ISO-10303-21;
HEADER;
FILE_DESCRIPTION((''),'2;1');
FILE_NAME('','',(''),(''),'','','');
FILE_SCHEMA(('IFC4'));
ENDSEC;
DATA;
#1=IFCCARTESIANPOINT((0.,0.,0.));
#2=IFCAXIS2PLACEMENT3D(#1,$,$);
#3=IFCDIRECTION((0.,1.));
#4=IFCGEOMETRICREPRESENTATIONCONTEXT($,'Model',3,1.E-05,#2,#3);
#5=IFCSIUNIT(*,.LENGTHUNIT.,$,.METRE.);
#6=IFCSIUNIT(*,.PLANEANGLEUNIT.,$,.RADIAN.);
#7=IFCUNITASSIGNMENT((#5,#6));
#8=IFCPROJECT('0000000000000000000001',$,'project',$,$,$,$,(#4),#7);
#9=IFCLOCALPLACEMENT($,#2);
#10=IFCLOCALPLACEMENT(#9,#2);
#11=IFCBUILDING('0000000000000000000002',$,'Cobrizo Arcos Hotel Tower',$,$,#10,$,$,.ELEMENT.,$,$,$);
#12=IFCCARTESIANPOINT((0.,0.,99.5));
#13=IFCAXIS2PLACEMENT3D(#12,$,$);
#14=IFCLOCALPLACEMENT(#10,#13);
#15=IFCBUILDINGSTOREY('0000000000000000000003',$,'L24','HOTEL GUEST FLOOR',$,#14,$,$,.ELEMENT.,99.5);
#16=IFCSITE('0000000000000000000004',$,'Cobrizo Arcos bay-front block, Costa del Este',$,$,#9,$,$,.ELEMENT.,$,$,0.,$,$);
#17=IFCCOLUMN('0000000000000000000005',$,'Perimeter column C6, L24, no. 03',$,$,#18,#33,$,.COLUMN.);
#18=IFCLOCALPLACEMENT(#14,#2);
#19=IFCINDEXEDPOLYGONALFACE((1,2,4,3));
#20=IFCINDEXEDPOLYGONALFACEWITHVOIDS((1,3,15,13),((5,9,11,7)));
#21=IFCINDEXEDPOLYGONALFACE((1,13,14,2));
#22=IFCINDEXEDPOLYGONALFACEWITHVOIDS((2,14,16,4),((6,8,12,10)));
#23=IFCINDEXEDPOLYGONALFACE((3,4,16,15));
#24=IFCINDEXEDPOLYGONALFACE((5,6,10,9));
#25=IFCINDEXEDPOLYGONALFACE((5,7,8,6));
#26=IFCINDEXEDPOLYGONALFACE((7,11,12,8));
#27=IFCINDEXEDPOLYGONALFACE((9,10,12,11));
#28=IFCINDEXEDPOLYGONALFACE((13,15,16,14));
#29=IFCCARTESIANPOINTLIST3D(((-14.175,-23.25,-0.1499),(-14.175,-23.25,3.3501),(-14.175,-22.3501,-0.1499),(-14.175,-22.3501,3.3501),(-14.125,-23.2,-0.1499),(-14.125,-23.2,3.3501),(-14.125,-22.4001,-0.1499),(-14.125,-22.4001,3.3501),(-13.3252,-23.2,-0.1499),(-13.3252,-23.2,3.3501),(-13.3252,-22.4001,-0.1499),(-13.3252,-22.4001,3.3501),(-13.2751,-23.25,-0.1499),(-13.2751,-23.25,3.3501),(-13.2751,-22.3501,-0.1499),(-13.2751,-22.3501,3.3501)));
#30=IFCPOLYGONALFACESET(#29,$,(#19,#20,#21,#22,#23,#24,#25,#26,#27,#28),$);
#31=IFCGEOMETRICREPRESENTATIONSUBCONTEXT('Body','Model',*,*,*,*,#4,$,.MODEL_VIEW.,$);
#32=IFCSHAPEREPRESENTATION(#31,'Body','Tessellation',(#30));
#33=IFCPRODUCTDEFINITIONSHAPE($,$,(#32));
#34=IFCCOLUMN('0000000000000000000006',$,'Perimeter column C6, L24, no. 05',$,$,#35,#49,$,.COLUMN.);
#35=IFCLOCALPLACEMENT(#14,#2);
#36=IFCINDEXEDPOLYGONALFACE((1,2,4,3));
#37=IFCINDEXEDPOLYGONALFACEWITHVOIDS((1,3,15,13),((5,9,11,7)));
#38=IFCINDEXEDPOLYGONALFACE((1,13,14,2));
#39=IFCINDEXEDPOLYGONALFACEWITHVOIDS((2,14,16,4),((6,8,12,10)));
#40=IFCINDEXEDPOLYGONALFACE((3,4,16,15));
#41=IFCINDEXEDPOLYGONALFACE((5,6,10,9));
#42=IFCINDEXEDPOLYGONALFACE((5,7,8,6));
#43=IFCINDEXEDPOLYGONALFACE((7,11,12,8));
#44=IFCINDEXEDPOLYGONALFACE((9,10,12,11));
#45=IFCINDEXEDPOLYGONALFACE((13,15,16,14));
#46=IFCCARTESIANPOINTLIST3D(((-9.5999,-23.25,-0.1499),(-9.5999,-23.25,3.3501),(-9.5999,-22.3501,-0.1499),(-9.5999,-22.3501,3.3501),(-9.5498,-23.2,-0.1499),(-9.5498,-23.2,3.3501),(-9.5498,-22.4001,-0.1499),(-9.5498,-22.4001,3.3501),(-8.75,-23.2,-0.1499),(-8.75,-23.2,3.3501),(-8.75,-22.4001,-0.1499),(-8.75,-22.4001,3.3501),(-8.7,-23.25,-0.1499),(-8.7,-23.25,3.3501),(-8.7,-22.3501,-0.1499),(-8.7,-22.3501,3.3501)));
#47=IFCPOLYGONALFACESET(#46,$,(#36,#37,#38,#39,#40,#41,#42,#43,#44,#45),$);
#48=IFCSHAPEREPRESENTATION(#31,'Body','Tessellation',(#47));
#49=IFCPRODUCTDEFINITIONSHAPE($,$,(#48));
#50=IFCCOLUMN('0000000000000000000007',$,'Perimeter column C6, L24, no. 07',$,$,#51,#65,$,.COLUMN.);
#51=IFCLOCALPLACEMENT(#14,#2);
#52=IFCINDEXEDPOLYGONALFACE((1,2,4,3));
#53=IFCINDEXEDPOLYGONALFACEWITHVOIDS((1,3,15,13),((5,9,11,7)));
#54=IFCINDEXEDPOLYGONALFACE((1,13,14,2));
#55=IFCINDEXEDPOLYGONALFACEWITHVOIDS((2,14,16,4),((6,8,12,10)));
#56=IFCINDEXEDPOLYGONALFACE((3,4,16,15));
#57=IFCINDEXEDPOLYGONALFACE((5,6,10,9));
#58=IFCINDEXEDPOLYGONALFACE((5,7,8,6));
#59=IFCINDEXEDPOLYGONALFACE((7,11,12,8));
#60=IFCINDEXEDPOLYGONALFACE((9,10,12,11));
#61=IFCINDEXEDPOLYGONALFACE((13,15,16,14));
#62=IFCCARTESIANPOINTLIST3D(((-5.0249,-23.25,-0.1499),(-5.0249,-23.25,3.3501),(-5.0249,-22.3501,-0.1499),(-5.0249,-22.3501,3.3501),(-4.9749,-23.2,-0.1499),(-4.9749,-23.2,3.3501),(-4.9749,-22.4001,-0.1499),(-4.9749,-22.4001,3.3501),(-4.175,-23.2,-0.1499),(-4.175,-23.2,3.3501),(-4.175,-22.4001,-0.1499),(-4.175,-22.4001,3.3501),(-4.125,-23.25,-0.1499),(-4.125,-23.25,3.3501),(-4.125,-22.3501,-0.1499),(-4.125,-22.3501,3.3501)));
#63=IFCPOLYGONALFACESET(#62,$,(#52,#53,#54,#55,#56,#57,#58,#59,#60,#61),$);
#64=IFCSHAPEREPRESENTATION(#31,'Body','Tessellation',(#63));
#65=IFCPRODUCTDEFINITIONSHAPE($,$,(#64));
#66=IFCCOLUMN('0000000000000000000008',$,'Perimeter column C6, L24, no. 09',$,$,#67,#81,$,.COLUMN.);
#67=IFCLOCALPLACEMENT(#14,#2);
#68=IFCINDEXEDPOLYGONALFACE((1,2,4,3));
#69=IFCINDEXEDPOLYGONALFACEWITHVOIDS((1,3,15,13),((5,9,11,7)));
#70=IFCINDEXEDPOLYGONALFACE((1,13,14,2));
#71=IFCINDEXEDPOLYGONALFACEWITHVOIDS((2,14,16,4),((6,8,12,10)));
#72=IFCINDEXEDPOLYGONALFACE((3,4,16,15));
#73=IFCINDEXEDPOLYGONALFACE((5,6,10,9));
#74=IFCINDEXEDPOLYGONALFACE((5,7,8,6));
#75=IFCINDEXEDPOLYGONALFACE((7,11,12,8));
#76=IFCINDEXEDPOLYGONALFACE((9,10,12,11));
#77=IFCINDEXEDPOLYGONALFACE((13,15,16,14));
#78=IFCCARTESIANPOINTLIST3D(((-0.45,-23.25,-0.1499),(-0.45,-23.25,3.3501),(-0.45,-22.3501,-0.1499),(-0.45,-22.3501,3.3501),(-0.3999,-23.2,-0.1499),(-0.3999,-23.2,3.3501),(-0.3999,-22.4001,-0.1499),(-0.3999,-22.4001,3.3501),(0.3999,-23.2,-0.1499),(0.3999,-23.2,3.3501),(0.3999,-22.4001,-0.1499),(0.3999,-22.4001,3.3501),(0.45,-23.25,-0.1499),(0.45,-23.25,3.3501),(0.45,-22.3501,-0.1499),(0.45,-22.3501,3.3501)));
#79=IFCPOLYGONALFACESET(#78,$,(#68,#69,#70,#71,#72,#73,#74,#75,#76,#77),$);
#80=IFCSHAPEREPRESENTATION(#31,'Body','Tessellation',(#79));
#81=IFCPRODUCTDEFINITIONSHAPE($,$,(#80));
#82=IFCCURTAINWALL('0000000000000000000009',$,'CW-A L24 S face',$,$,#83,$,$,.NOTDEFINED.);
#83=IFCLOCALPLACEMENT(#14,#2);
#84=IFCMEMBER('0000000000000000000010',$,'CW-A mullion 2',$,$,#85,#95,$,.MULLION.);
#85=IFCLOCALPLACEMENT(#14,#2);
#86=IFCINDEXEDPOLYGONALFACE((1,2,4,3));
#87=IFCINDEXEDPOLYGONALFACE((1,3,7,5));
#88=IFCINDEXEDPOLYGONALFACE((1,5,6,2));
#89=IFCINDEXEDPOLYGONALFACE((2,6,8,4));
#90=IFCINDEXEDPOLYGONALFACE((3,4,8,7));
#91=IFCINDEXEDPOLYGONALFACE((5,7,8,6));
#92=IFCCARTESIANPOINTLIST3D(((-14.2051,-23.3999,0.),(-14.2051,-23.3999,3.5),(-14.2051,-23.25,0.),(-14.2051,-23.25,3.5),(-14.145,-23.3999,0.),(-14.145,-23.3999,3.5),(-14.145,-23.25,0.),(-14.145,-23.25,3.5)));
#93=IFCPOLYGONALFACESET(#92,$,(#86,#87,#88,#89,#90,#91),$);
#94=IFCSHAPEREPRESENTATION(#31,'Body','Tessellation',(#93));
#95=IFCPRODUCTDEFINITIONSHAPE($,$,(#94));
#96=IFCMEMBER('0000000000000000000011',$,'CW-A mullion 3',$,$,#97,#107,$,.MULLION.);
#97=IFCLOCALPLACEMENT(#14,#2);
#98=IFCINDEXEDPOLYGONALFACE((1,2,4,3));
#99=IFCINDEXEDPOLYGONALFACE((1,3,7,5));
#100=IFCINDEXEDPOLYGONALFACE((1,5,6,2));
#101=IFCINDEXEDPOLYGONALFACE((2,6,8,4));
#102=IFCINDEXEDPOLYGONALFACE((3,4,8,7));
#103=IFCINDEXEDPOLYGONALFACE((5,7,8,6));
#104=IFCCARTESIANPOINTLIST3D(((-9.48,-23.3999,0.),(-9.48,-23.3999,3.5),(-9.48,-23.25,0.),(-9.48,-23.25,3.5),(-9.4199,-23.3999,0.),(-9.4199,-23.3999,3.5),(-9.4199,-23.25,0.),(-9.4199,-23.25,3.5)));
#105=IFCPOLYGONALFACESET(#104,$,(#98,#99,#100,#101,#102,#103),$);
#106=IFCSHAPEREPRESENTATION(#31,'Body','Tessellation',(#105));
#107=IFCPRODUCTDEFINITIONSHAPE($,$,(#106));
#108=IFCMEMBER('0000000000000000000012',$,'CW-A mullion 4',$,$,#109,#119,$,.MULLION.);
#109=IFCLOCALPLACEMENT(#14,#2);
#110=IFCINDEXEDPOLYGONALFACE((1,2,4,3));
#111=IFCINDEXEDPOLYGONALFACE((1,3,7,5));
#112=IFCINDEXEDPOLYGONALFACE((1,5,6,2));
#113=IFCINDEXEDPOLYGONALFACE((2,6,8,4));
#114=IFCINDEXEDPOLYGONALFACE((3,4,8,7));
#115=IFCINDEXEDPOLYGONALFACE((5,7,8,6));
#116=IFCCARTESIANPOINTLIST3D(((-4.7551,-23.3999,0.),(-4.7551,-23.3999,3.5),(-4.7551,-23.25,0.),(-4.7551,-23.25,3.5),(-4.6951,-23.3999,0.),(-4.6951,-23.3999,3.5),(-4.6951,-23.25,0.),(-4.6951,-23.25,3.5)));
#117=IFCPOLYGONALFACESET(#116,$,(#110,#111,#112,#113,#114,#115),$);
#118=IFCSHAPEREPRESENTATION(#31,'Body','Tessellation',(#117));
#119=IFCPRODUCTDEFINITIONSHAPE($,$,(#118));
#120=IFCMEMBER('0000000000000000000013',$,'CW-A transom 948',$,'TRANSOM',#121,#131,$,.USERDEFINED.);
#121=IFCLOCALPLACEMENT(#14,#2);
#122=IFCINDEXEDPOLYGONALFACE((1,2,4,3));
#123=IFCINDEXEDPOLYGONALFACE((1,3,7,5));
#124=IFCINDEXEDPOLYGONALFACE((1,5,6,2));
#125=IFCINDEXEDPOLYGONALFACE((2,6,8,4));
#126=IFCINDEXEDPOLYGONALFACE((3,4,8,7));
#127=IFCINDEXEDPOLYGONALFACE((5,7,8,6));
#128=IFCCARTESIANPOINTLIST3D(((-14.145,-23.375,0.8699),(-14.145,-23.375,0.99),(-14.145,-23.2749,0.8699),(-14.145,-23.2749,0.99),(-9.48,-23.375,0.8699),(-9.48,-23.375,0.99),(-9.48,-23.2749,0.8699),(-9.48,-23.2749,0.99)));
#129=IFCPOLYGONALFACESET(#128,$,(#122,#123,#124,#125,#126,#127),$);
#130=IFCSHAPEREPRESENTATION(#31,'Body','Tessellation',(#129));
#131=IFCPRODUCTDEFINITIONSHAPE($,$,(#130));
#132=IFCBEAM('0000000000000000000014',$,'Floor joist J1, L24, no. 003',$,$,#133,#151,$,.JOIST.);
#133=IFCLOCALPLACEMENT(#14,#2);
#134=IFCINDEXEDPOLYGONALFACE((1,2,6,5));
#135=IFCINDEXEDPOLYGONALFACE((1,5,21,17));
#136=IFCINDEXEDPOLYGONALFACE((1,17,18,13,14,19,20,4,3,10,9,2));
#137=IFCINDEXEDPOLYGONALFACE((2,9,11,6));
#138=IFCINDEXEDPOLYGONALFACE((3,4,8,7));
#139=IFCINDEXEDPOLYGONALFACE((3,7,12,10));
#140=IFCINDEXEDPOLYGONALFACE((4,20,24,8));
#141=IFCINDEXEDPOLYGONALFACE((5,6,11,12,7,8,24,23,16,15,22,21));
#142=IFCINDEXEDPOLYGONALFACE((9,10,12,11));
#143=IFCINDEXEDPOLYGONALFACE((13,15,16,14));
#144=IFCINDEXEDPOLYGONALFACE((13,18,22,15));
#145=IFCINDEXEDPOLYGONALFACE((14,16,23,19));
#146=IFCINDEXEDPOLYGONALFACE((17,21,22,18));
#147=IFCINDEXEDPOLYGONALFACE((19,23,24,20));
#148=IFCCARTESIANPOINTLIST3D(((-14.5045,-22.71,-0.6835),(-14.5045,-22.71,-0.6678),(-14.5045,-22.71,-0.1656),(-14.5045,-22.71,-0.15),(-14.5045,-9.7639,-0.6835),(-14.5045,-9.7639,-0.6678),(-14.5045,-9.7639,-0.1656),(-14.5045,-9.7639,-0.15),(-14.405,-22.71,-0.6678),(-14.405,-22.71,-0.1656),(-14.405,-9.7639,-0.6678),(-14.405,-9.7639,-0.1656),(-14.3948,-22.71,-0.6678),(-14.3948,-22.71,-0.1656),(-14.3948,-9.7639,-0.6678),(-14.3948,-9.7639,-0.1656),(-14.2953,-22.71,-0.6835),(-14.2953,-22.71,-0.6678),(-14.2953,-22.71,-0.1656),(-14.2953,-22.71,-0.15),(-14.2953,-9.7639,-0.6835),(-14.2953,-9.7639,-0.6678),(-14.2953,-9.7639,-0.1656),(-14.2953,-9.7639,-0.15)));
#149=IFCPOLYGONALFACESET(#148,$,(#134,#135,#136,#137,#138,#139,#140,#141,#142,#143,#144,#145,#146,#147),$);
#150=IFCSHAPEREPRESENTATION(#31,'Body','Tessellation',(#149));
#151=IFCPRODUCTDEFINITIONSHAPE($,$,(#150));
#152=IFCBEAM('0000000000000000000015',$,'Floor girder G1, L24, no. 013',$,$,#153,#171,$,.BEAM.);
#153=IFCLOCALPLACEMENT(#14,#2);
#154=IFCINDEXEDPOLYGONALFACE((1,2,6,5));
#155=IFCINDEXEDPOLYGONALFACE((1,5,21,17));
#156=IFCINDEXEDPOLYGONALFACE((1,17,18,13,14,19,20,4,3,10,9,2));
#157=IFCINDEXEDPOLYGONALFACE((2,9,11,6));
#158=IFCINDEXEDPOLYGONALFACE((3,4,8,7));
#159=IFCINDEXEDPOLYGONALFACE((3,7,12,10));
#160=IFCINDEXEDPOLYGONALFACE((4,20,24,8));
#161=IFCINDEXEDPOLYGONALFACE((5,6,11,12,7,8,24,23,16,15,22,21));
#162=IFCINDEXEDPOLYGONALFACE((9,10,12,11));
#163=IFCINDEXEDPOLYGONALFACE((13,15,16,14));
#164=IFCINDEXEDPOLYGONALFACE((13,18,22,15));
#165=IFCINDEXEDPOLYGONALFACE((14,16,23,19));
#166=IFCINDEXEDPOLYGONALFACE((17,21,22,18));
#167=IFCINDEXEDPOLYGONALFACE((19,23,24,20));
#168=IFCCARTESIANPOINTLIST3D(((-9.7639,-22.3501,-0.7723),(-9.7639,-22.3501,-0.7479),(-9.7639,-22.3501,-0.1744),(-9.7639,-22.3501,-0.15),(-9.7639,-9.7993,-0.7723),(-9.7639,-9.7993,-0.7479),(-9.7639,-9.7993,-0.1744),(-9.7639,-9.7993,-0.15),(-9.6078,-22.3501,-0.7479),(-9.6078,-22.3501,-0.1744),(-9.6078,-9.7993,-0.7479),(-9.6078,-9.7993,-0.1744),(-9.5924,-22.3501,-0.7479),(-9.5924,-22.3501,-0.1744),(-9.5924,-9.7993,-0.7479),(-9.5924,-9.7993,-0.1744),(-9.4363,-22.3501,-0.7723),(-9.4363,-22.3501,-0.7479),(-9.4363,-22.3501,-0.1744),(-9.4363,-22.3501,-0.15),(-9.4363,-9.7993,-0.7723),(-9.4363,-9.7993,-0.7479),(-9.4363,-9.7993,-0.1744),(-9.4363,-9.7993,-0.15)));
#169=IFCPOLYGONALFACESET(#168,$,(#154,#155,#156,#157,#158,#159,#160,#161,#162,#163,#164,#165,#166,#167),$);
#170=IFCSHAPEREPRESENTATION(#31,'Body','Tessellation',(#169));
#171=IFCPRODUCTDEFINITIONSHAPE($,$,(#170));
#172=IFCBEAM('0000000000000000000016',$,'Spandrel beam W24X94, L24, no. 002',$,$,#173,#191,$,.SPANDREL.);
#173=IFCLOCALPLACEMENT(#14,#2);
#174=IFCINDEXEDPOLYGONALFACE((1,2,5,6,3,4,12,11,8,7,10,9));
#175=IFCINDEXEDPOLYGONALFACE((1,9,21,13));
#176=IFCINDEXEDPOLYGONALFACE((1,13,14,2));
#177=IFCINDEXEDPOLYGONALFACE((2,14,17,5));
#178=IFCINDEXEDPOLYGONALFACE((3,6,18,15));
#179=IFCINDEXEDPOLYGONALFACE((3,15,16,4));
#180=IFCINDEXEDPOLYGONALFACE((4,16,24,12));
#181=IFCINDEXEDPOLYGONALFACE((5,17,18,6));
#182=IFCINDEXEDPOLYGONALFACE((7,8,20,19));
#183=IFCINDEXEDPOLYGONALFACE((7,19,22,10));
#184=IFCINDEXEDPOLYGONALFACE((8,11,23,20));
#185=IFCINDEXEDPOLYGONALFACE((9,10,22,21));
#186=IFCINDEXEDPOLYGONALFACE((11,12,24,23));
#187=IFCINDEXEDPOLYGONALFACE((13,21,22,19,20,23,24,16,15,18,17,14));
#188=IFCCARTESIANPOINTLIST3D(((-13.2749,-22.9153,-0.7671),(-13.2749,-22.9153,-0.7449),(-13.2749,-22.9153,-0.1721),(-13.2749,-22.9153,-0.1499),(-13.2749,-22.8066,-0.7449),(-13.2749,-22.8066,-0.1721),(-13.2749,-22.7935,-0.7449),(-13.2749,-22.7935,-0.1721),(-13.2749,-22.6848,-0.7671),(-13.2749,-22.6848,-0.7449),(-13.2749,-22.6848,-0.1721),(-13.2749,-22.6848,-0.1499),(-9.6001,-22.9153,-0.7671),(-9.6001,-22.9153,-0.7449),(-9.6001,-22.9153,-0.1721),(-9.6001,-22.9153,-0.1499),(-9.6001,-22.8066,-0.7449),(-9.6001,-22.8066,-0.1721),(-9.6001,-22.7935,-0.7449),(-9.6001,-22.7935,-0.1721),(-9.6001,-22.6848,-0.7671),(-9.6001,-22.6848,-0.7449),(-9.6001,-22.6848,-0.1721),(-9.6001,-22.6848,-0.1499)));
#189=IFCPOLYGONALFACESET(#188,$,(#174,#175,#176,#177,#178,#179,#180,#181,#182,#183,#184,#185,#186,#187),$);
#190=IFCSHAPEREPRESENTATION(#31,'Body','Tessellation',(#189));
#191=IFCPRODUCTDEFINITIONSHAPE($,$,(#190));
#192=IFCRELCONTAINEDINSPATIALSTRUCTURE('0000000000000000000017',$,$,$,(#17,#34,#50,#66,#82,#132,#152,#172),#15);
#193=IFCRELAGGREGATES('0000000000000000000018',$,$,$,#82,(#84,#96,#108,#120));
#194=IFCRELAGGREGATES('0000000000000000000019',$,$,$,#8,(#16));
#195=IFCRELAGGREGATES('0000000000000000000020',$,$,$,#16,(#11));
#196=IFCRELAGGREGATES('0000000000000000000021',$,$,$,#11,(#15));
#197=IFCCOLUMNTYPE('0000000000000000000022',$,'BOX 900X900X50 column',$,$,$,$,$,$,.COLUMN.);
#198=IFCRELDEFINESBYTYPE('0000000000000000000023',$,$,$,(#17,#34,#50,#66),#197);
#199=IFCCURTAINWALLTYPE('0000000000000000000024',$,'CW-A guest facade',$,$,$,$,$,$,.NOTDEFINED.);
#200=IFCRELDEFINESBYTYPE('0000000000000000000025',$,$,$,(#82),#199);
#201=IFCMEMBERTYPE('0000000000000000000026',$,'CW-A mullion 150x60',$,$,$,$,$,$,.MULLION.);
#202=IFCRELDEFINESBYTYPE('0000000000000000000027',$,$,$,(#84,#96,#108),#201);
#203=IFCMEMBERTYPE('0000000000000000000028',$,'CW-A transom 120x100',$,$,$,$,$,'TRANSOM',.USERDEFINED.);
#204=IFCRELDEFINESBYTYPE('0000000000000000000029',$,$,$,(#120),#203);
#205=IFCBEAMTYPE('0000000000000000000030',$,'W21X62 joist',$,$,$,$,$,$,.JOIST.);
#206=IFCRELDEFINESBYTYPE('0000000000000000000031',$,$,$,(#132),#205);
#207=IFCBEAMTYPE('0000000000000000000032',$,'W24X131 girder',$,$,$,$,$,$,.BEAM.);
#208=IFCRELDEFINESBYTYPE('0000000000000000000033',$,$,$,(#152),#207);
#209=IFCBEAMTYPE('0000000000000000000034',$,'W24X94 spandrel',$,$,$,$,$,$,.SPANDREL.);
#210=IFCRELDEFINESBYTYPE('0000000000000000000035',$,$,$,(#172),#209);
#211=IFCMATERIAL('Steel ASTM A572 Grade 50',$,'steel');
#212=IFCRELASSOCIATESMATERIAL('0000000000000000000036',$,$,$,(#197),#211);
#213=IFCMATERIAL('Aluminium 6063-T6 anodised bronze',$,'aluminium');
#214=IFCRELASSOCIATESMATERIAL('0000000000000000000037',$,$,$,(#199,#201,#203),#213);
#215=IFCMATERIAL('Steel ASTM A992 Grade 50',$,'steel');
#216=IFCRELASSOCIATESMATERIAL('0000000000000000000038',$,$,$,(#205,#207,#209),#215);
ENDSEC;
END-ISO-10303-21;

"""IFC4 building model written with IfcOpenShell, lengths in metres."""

from ifc_helpers import new_model, si_unit, direction, frame, origin, origin_2d, place, context, subcontext, project, spatial, rectangle, hollow_rectangle, i_section, extrude, material, material_profile, profile_set, type_object, element, aggregate, save


model = new_model("IFC4")

# Units and contexts
model_context = context("Model", 3, precision=1e-05, world=origin(), true_north=direction((0.0, 1.0)))
body_context = subcontext(model_context, "Body", "Model", "MODEL_VIEW")
ifc_project = project(units=[si_unit("LENGTHUNIT", "METRE"), si_unit("PLANEANGLEUNIT", "RADIAN")], contexts=[model_context])

# Site, building, storey
site_placement = place(None, origin())
site = spatial("IfcSite", under=ifc_project, at=site_placement, Name="Cobrizo Arcos bay-front block, Costa del Este", CompositionType="ELEMENT", RefElevation=0.0)
building_placement = place(site_placement, origin())
building = spatial("IfcBuilding", under=site, at=building_placement, Name="Cobrizo Arcos Hotel Tower", CompositionType="ELEMENT")
storey_placement = place(building_placement, frame((0.0, 0.0, 99.5)))
storey = spatial("IfcBuildingStorey", under=building, at=storey_placement, Name="L24", Description="HOTEL GUEST FLOOR", CompositionType="ELEMENT", Elevation=99.5)

# Columns
ifc_material_1 = material(Name="Steel ASTM A572 Grade 50", Category="steel")
ifc_material_profile_1 = material_profile(ifc_material_1, hollow_rectangle(XDim=0.8999, YDim=0.8999, WallThickness=0.05, at=origin_2d()), Name="BOX 900X900X50")
ifc_profile_set_1 = profile_set([ifc_material_profile_1], Name="Steel ASTM A572 Grade 50")
column_type = type_object("IfcColumnType", Name="BOX 900X900X50 column", PredefinedType="COLUMN", material=ifc_profile_set_1)
for number, where, z_axis, x_axis, name in (
    (1, (-13.7251, -22.8, -0.1499), (0.0, 0.0, 1.0), (1.0, 0.0, 0.0), "Perimeter column C6, L24, no. 03"),
    (2, (-9.1499, -22.8, -0.1499), (0.0, 0.0, 1.0), (1.0, 0.0, 0.0), "Perimeter column C6, L24, no. 05"),
    (3, (-4.575, -22.8, -0.1499), (0.0, 0.0, 1.0), (1.0, 0.0, 0.0), "Perimeter column C6, L24, no. 07"),
    (4, (0.0, -22.8, -0.1499), (0.0, 0.0, 1.0), (1.0, 0.0, 0.0), "Perimeter column C6, L24, no. 09"),
):
    element("IfcColumn", number, at=place(storey_placement, frame(where, z_axis=z_axis, x_axis=x_axis)), inside=storey, type_object=column_type, Name=name, PredefinedType="COLUMN", context=body_context, shape_type="SweptSolid", body=[
        extrude(hollow_rectangle(XDim=0.8999, YDim=0.8999, WallThickness=0.05, at=origin_2d()), origin(), (0.0, 0.0, 1.0), 3.5),
    ])

# Curtain wall, members
ifc_material_2 = material(Name="Aluminium 6063-T6 anodised bronze", Category="aluminium")
curtain_wall_type = type_object("IfcCurtainWallType", Name="CW-A guest facade", PredefinedType="NOTDEFINED", material=ifc_material_2)
curtain_wall_placement = place(storey_placement, origin())
curtain_wall = element("IfcCurtainWall", 5, at=curtain_wall_placement, inside=storey, type_object=curtain_wall_type, Name="CW-A L24 S face", PredefinedType="NOTDEFINED")
ifc_material_profile_2 = material_profile(ifc_material_2, rectangle(XDim=0.1499, YDim=0.0601, at=origin_2d()), Name="CW-A mullion 150x60")
ifc_profile_set_2 = profile_set([ifc_material_profile_2], Name="Aluminium 6063-T6 anodised bronze")
member_type_1 = type_object("IfcMemberType", Name="CW-A mullion 150x60", PredefinedType="MULLION", material=ifc_profile_set_2)
member_1_placement = place(storey_placement, frame((-14.175, -23.325, 0.0), z_axis=(0.0, 0.0, 1.0), x_axis=(0.0, -1.0, 0.0)))
member_1 = element("IfcMember", 6, at=member_1_placement, type_object=member_type_1, Name="CW-A mullion 2", PredefinedType="MULLION", context=body_context, shape_type="SweptSolid", body=[
    extrude(rectangle(XDim=0.1499, YDim=0.0601, at=origin_2d()), origin(), (0.0, 0.0, 1.0), 3.5),
])
member_2_placement = place(storey_placement, frame((-9.45, -23.325, 0.0), z_axis=(0.0, 0.0, 1.0), x_axis=(0.0, -1.0, 0.0)))
member_2 = element("IfcMember", 7, at=member_2_placement, type_object=member_type_1, Name="CW-A mullion 3", PredefinedType="MULLION", context=body_context, shape_type="SweptSolid", body=[
    extrude(rectangle(XDim=0.1499, YDim=0.0601, at=origin_2d()), origin(), (0.0, 0.0, 1.0), 3.5),
])
member_3_placement = place(storey_placement, frame((-4.7251, -23.325, 0.0), z_axis=(0.0, 0.0, 1.0), x_axis=(0.0, -1.0, 0.0)))
member_3 = element("IfcMember", 8, at=member_3_placement, type_object=member_type_1, Name="CW-A mullion 4", PredefinedType="MULLION", context=body_context, shape_type="SweptSolid", body=[
    extrude(rectangle(XDim=0.1499, YDim=0.0601, at=origin_2d()), origin(), (0.0, 0.0, 1.0), 3.5),
])
ifc_material_profile_3 = material_profile(ifc_material_2, rectangle(XDim=0.1001, YDim=0.1201, at=origin_2d()), Name="CW-A transom 120x100")
ifc_profile_set_3 = profile_set([ifc_material_profile_3], Name="Aluminium 6063-T6 anodised bronze")
member_type_2 = type_object("IfcMemberType", Name="CW-A transom 120x100", ElementType="TRANSOM", PredefinedType="USERDEFINED", material=ifc_profile_set_3)
member_4_placement = place(storey_placement, frame((-14.145, -23.325, 0.9299), z_axis=(1.0, 0.0, 0.0), x_axis=(0.0, 1.0, 0.0)))
member_4 = element("IfcMember", 9, at=member_4_placement, type_object=member_type_2, Name="CW-A transom 948", ObjectType="TRANSOM", PredefinedType="USERDEFINED", context=body_context, shape_type="SweptSolid", body=[
    extrude(rectangle(XDim=0.1001, YDim=0.1201, at=origin_2d()), origin(), (0.0, 0.0, 1.0), 4.665),
])

# Beams
ifc_material_3 = material(Name="Steel ASTM A992 Grade 50", Category="steel")
ifc_material_profile_4 = material_profile(ifc_material_3, i_section(OverallWidth=0.2092, OverallDepth=0.5334, WebThickness=0.0103, FlangeThickness=0.0156, at=origin_2d()), Name="W21X62")
ifc_profile_set_4 = profile_set([ifc_material_profile_4], Name="Steel ASTM A992 Grade 50")
beam_type_1 = type_object("IfcBeamType", Name="W21X62 joist", PredefinedType="JOIST", material=ifc_profile_set_4)
beam_1_placement = place(storey_placement, frame((-14.3999, -22.71, -0.4167), z_axis=(0.0, 1.0, 0.0), x_axis=(-1.0, 0.0, 0.0)))
element("IfcBeam", 10, at=beam_1_placement, inside=storey, type_object=beam_type_1, Name="Floor joist J1, L24, no. 003", PredefinedType="JOIST", context=body_context, shape_type="SweptSolid", body=[
    extrude(i_section(OverallWidth=0.2092, OverallDepth=0.5334, WebThickness=0.0103, FlangeThickness=0.0156, at=origin_2d()), origin(), (0.0, 0.0, 1.0), 12.946),
])
ifc_material_profile_5 = material_profile(ifc_material_3, i_section(OverallWidth=0.3276, OverallDepth=0.6223, WebThickness=0.0154, FlangeThickness=0.0244, at=origin_2d()), Name="W24X131")
ifc_profile_set_5 = profile_set([ifc_material_profile_5], Name="Steel ASTM A992 Grade 50")
beam_type_2 = type_object("IfcBeamType", Name="W24X131 girder", PredefinedType="BEAM", material=ifc_profile_set_5)
beam_2_placement = place(storey_placement, frame((-9.6001, -22.3501, -0.4612), z_axis=(0.0, 1.0, 0.0), x_axis=(-1.0, 0.0, 0.0)))
element("IfcBeam", 11, at=beam_2_placement, inside=storey, type_object=beam_type_2, Name="Floor girder G1, L24, no. 013", PredefinedType="BEAM", context=body_context, shape_type="SweptSolid", body=[
    extrude(i_section(OverallWidth=0.3276, OverallDepth=0.6223, WebThickness=0.0154, FlangeThickness=0.0244, at=origin_2d()), origin(), (0.0, 0.0, 1.0), 12.5508),
])
ifc_material_profile_6 = material_profile(ifc_material_3, i_section(OverallWidth=0.2305, OverallDepth=0.6172, WebThickness=0.0132, FlangeThickness=0.0222, at=origin_2d()), Name="W24X94")
ifc_profile_set_6 = profile_set([ifc_material_profile_6], Name="Steel ASTM A992 Grade 50")
beam_type_3 = type_object("IfcBeamType", Name="W24X94 spandrel", PredefinedType="SPANDREL", material=ifc_profile_set_6)
beam_3_placement = place(storey_placement, frame((-13.2749, -22.8, -0.4585), z_axis=(1.0, 0.0, 0.0), x_axis=(0.0, 1.0, 0.0)))
element("IfcBeam", 12, at=beam_3_placement, inside=storey, type_object=beam_type_3, Name="Spandrel beam W24X94, L24, no. 002", PredefinedType="SPANDREL", context=body_context, shape_type="SweptSolid", body=[
    extrude(i_section(OverallWidth=0.2305, OverallDepth=0.6172, WebThickness=0.0132, FlangeThickness=0.0222, at=origin_2d()), origin(), (0.0, 0.0, 1.0), 3.6748),
])

aggregate(curtain_wall, [member_1, member_2, member_3, member_4])

save(model, "model.ifc")
